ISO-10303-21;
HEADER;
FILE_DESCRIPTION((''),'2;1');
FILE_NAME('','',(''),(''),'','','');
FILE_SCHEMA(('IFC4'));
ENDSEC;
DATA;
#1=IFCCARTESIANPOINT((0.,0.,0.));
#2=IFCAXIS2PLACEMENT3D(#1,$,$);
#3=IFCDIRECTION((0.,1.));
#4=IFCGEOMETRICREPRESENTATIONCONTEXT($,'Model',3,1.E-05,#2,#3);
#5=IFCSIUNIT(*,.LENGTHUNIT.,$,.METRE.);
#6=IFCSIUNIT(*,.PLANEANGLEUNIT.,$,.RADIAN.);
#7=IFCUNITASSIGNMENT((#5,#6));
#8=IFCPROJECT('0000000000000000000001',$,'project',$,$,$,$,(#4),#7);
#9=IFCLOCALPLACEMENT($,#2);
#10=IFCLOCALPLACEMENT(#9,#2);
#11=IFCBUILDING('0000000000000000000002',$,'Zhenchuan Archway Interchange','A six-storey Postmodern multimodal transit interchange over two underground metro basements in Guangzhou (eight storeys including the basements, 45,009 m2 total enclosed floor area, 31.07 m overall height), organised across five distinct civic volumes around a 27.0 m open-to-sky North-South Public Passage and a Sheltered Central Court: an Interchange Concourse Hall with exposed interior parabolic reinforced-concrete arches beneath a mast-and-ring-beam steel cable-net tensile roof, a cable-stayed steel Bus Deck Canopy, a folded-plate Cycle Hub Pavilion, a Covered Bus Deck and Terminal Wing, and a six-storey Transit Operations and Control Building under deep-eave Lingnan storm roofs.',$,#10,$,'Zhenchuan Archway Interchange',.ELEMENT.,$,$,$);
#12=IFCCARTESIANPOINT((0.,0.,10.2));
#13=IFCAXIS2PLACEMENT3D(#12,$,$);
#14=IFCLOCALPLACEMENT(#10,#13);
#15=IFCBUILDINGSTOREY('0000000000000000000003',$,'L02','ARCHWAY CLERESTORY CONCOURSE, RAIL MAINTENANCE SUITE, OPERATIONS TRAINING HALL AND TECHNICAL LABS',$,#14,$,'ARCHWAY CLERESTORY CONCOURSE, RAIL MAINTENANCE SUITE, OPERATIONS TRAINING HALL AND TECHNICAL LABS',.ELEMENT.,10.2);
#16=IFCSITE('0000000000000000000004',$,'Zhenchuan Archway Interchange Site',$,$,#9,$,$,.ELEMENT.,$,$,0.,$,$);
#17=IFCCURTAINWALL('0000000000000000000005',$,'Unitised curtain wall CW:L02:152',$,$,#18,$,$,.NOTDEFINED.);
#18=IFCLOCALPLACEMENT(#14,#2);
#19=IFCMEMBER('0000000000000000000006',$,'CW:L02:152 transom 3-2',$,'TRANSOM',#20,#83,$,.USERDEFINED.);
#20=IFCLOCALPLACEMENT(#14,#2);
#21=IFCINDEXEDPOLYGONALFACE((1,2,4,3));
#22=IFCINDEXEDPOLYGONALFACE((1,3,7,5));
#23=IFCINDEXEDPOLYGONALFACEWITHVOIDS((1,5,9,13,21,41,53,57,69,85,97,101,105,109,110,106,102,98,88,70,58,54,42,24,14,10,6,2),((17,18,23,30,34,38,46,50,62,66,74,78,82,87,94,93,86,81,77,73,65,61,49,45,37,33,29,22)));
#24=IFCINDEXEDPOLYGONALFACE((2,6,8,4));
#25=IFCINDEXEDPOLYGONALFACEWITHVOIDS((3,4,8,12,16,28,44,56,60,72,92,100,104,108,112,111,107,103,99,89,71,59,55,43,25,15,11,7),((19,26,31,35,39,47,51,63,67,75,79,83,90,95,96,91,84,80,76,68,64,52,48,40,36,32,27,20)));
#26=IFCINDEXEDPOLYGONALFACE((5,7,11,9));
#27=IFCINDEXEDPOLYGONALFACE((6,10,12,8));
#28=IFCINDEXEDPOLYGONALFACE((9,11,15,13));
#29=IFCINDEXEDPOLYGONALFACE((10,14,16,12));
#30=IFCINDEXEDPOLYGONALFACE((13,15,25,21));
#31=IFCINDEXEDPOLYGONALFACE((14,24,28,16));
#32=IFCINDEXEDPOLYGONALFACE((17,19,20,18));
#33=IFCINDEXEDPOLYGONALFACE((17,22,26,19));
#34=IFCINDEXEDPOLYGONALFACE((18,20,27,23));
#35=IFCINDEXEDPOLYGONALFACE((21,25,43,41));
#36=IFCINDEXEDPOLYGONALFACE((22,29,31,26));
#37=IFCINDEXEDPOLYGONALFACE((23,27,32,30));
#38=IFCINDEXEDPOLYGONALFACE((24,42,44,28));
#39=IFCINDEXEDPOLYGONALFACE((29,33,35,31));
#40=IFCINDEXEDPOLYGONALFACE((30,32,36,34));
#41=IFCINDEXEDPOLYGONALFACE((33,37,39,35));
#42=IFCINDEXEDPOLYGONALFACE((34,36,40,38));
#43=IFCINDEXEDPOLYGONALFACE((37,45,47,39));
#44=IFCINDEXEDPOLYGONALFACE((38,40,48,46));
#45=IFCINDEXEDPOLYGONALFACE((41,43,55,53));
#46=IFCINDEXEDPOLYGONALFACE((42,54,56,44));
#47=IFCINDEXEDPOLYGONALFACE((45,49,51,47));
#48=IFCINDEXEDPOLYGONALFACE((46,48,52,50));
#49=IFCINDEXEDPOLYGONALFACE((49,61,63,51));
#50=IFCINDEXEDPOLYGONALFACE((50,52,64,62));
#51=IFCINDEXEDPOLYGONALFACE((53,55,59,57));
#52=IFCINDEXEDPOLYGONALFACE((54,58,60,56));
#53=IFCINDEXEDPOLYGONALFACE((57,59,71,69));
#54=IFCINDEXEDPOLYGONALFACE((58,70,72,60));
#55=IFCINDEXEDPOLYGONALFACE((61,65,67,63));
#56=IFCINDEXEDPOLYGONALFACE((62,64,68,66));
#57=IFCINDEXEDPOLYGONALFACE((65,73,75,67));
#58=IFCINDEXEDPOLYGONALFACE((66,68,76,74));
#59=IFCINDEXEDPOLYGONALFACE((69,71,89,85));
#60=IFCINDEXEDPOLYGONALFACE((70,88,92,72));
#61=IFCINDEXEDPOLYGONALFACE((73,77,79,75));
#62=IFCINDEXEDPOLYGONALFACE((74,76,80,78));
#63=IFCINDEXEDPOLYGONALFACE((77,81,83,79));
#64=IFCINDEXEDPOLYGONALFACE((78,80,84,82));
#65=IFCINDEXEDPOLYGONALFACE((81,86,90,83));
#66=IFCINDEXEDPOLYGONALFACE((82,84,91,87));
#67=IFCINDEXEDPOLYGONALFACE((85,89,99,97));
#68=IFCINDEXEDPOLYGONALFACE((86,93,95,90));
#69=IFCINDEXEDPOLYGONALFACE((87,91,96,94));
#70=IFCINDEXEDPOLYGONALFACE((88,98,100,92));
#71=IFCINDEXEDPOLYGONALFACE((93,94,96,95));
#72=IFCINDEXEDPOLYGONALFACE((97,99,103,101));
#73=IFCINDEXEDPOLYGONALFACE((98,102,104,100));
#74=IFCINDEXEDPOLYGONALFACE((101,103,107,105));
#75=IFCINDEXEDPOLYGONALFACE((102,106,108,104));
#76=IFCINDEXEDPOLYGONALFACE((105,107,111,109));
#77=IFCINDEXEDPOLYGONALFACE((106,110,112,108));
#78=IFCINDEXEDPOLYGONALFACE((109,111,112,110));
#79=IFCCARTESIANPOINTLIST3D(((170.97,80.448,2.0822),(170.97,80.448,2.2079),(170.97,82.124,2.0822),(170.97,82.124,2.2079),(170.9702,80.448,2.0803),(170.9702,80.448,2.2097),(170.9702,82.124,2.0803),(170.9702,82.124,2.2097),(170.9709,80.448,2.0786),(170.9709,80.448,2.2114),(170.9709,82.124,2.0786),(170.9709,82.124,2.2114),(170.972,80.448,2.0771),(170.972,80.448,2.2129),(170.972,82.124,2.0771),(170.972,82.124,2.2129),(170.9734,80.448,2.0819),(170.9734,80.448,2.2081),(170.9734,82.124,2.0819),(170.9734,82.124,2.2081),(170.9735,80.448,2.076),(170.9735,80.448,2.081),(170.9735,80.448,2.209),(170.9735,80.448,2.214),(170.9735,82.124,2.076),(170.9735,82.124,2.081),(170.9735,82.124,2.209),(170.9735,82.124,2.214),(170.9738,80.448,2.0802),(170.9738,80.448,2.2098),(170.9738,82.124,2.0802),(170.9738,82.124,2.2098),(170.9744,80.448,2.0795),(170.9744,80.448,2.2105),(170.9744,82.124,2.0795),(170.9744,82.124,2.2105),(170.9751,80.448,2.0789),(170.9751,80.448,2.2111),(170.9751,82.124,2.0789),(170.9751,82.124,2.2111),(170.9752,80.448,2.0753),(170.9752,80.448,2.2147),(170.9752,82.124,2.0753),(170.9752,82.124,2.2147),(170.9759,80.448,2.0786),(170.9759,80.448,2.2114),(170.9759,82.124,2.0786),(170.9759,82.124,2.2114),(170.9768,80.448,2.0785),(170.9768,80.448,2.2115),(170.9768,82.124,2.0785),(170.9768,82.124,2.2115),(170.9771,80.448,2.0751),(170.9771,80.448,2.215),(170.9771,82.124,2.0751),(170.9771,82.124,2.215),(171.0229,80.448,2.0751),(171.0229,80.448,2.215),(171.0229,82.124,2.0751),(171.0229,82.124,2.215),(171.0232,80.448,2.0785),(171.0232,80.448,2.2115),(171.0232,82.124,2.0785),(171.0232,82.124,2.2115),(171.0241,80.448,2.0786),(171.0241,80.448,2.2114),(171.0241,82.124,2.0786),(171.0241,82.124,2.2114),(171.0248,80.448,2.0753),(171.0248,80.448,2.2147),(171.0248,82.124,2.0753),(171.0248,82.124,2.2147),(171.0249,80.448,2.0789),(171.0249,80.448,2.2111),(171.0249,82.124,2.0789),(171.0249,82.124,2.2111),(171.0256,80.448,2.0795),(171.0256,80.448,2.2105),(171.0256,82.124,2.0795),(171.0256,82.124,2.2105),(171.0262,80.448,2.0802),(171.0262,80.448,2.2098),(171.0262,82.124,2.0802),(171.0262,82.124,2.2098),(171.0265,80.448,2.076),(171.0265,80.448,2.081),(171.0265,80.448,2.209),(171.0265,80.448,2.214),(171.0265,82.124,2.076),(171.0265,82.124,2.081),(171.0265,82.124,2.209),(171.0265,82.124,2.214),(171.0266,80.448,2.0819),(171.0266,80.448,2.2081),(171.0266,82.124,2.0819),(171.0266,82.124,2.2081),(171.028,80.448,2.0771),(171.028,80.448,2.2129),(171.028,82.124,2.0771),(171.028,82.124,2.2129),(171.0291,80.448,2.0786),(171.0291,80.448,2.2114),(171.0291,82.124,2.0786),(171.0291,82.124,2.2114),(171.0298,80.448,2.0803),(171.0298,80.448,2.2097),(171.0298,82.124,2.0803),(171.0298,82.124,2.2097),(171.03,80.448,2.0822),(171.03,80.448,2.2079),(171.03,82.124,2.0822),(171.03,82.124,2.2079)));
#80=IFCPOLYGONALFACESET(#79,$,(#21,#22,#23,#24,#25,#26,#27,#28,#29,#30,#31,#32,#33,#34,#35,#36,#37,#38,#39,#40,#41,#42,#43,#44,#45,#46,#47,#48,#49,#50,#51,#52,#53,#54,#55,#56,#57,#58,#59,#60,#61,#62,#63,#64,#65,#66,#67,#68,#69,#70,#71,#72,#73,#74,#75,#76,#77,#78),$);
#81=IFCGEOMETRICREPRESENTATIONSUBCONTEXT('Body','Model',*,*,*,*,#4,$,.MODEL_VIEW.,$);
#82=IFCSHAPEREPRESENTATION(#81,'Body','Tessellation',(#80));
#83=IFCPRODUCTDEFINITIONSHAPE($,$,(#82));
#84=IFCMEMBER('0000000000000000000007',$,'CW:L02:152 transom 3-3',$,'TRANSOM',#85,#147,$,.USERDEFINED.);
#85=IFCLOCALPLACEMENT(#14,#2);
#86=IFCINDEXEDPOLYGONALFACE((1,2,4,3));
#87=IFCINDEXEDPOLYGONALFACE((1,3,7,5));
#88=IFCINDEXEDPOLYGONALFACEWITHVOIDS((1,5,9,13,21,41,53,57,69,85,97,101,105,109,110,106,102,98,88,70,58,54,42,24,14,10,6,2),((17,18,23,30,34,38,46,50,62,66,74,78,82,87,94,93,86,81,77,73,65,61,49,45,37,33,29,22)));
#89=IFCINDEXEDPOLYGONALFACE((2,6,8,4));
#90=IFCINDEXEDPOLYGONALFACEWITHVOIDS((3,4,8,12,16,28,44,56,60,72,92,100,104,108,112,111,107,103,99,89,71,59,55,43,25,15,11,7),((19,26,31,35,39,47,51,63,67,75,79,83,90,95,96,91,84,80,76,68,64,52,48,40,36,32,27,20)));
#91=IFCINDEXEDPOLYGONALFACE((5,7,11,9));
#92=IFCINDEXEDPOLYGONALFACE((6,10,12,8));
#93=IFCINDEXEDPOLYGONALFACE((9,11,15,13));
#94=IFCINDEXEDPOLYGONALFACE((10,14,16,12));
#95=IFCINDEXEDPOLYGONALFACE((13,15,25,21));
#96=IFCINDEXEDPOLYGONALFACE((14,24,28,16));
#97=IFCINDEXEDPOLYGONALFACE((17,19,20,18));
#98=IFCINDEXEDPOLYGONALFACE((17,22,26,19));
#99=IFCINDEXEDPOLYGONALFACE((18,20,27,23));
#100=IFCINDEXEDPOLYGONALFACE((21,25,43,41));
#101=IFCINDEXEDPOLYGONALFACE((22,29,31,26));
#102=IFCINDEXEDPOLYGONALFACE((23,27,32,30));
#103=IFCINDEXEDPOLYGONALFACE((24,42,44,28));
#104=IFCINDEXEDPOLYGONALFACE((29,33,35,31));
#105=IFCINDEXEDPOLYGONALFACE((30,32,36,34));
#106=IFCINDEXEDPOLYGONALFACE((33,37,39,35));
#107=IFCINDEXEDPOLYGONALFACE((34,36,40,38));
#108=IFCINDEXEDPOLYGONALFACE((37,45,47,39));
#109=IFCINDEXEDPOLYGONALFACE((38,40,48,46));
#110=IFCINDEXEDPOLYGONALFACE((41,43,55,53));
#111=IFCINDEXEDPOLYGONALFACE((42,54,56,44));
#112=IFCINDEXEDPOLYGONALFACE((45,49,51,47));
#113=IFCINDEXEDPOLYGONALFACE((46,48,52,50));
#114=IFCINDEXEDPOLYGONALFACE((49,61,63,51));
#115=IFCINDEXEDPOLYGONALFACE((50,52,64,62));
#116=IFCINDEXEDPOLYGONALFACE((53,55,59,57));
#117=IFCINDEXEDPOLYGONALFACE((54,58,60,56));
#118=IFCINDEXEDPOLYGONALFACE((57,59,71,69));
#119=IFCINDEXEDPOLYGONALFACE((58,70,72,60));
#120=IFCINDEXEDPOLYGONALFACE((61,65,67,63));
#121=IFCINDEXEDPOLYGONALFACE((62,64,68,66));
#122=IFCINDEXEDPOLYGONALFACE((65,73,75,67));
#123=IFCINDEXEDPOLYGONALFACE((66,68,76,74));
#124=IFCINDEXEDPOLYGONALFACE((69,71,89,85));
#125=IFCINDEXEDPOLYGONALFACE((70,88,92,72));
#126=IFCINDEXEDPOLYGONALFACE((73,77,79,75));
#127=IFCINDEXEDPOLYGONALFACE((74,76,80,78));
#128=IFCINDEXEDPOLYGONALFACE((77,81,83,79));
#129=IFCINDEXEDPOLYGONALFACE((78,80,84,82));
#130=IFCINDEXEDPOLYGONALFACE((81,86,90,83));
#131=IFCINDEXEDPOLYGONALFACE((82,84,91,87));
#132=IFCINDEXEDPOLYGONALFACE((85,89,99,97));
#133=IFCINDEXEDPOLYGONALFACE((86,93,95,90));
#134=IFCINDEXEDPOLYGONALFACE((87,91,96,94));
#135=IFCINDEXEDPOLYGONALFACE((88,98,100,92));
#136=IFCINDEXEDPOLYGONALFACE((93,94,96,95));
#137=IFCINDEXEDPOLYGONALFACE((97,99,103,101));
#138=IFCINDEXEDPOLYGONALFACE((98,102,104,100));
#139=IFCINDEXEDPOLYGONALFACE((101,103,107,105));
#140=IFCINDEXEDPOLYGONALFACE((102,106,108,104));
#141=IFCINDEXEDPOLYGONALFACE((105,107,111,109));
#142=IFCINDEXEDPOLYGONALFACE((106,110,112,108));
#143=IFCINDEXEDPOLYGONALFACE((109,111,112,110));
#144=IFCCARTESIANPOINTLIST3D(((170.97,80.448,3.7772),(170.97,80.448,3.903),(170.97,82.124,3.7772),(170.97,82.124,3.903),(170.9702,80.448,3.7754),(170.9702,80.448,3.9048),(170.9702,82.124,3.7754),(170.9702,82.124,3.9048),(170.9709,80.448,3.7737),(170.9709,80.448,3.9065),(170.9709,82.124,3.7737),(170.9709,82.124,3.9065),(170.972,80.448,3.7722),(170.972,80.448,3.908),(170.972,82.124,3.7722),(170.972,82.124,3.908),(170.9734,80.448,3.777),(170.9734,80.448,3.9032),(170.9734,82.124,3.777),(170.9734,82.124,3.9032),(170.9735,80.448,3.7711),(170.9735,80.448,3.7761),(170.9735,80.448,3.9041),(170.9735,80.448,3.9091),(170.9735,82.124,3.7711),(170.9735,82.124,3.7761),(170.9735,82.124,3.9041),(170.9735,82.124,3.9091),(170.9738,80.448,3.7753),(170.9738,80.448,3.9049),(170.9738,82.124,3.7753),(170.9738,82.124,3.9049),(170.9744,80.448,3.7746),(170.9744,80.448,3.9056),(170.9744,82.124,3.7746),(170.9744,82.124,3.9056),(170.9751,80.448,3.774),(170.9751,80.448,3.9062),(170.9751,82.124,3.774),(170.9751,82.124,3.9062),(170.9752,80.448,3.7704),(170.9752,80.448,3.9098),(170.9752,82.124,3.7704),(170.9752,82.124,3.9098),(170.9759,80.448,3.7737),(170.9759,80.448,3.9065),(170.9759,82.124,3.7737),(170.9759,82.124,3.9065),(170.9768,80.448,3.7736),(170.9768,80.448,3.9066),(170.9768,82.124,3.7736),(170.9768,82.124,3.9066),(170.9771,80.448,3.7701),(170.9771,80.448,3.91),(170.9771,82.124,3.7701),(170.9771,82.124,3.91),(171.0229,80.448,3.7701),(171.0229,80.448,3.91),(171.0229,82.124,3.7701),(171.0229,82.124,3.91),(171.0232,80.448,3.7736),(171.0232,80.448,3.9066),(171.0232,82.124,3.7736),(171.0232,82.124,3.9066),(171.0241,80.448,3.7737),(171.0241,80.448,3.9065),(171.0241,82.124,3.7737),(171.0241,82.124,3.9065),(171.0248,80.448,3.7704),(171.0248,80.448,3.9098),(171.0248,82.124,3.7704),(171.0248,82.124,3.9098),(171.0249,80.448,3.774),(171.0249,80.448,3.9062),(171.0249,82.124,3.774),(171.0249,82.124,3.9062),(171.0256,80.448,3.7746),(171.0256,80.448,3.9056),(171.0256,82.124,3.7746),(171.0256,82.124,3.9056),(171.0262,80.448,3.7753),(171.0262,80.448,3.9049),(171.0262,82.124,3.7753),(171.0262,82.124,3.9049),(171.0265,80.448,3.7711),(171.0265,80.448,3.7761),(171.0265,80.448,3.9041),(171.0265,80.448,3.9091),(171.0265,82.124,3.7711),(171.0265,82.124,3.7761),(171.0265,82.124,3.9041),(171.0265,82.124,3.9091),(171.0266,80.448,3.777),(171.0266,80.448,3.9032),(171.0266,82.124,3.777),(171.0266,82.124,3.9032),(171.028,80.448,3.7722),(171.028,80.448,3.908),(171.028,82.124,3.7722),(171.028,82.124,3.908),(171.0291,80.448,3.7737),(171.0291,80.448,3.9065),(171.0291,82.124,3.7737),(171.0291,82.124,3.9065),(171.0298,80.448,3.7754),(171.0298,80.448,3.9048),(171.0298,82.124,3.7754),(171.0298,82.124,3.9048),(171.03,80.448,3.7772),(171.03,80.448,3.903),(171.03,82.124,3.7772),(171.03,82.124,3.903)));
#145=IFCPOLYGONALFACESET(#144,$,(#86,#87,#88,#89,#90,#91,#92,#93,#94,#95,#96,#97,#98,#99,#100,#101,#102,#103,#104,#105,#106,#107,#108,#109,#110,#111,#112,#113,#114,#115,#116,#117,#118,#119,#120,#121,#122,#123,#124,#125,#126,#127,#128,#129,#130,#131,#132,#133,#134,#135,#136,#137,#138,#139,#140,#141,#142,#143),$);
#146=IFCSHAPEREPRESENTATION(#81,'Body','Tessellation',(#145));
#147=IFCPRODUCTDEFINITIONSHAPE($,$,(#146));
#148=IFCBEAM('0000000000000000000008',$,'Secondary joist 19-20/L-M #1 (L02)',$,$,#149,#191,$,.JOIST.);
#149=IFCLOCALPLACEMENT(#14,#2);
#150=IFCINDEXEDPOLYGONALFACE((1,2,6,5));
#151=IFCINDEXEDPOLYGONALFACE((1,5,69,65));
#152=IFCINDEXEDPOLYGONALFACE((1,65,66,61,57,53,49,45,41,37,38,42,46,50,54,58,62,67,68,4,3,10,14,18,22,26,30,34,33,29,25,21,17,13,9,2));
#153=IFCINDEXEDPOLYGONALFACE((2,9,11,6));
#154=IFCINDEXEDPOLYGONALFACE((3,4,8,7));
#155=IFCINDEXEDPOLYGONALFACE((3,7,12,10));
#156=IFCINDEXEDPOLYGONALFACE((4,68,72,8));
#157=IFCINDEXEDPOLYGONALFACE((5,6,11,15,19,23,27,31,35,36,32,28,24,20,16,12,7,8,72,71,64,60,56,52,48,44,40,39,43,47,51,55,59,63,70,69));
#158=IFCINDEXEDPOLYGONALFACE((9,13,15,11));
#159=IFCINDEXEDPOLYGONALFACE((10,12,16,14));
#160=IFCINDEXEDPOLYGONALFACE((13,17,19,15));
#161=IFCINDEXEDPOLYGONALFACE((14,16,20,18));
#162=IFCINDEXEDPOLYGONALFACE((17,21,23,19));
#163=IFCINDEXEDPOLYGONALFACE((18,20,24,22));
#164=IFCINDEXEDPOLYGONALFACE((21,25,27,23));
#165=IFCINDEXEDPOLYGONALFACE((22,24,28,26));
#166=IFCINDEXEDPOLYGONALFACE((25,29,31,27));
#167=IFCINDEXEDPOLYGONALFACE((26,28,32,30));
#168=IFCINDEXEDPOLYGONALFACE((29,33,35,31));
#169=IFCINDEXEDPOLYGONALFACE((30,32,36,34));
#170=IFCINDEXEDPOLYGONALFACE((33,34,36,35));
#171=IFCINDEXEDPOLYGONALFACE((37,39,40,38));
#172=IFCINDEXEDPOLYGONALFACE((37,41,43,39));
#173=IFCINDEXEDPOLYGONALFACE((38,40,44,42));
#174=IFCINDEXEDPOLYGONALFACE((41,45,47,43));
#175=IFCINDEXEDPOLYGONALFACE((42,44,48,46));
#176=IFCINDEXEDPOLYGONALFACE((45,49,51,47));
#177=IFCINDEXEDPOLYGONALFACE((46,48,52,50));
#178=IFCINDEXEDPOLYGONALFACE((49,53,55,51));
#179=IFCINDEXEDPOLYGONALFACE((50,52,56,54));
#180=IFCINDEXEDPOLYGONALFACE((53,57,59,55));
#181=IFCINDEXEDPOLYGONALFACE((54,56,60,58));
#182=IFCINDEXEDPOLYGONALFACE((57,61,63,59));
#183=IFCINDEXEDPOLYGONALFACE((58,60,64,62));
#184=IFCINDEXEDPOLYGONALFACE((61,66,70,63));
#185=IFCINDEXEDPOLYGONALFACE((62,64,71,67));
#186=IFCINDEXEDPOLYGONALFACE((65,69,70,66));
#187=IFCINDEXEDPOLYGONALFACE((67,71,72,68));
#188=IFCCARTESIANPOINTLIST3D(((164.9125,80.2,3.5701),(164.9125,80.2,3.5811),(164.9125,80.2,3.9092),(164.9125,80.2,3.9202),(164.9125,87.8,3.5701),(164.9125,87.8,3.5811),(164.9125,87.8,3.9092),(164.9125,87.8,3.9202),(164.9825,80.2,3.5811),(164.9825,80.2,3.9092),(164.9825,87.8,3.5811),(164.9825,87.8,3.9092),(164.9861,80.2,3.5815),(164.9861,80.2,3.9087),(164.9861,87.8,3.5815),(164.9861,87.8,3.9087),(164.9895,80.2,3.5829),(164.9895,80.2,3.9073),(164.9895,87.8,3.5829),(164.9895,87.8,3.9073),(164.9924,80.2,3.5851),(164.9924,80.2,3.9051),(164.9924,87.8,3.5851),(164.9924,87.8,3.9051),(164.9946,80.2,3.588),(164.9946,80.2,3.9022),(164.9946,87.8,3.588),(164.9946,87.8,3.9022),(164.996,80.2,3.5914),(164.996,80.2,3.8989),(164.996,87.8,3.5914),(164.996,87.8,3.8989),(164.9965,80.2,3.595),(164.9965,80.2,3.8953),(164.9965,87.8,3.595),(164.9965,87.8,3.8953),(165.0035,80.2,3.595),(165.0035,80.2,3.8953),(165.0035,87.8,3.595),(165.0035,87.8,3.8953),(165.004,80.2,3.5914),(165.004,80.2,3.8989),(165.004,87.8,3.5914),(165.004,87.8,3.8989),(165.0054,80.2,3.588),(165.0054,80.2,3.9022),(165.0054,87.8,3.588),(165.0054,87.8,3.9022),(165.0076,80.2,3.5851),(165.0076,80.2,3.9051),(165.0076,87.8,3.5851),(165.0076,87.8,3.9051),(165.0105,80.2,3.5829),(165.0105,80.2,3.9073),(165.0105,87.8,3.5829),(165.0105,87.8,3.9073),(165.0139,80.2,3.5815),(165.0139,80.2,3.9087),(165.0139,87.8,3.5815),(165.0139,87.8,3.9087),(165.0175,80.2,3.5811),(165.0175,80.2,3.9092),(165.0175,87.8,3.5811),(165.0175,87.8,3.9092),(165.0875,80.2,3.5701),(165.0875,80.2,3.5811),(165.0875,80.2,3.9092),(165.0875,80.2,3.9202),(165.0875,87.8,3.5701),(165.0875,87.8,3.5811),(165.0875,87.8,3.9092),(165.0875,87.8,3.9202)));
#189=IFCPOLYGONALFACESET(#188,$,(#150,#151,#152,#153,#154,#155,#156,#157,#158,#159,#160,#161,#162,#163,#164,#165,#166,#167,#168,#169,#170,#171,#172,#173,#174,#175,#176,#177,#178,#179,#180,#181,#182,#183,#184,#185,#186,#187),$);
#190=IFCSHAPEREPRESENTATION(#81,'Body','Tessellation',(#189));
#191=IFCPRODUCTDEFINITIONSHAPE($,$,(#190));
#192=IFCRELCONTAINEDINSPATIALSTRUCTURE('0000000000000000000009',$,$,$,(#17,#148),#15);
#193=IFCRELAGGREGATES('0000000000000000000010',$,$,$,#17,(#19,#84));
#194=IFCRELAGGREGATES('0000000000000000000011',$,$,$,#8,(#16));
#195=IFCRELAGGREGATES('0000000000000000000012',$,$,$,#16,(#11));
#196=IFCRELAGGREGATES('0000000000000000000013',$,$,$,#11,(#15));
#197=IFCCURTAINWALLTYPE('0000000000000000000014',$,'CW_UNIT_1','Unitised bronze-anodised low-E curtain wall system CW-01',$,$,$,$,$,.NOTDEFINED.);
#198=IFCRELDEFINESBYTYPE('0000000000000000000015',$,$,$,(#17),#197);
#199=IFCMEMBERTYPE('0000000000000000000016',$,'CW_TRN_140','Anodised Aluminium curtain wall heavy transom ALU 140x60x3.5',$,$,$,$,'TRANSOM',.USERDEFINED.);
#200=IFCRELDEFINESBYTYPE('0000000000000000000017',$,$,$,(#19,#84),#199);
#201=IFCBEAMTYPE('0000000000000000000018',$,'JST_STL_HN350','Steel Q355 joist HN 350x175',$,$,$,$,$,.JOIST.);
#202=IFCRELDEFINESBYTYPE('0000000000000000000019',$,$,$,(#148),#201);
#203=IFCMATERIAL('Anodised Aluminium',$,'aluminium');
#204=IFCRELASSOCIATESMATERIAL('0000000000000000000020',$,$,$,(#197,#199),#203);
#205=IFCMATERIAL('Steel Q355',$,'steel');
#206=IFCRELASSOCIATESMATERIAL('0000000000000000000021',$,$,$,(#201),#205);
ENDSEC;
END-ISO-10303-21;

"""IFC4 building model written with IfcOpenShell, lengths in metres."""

from ifc_helpers import new_model, si_unit, direction, frame, origin, origin_2d, place, context, subcontext, project, spatial, hollow_rectangle, i_section, extrude, material, material_profile, profile_set, type_object, element, aggregate, save


model = new_model("IFC4")

# Units and contexts
model_context = context("Model", 3, precision=1e-05, world=origin(), true_north=direction((0.0, 1.0)))
body_context = subcontext(model_context, "Body", "Model", "MODEL_VIEW")
ifc_project = project(units=[si_unit("LENGTHUNIT", "METRE"), si_unit("PLANEANGLEUNIT", "RADIAN")], contexts=[model_context])

# Site, building, storey
site_placement = place(None, origin())
site = spatial("IfcSite", under=ifc_project, at=site_placement, Name="Zhenchuan Archway Interchange Site", CompositionType="ELEMENT", RefElevation=0.0)
building_placement = place(site_placement, origin())
building = spatial("IfcBuilding", under=site, at=building_placement, Name="Zhenchuan Archway Interchange", Description="A six-storey Postmodern multimodal transit interchange over two underground metro basements in Guangzhou (eight storeys including the basements, 45,009 m2 total enclosed floor area, 31.07 m overall height), organised across five distinct civic volumes around a 27.0 m open-to-sky North-South Public Passage and a Sheltered Central Court: an Interchange Concourse Hall with exposed interior parabolic reinforced-concrete arches beneath a mast-and-ring-beam steel cable-net tensile roof, a cable-stayed steel Bus Deck Canopy, a folded-plate Cycle Hub Pavilion, a Covered Bus Deck and Terminal Wing, and a six-storey Transit Operations and Control Building under deep-eave Lingnan storm roofs.", LongName="Zhenchuan Archway Interchange", CompositionType="ELEMENT")
storey_placement = place(building_placement, frame((0.0, 0.0, 10.2)))
storey = spatial("IfcBuildingStorey", under=building, at=storey_placement, Name="L02", Description="ARCHWAY CLERESTORY CONCOURSE, RAIL MAINTENANCE SUITE, OPERATIONS TRAINING HALL AND TECHNICAL LABS", LongName="ARCHWAY CLERESTORY CONCOURSE, RAIL MAINTENANCE SUITE, OPERATIONS TRAINING HALL AND TECHNICAL LABS", CompositionType="ELEMENT", Elevation=10.2)

# Curtain wall, members
ifc_material_1 = material(Name="Anodised Aluminium", Category="aluminium")
curtain_wall_type = type_object("IfcCurtainWallType", Name="CW_UNIT_1", Description="Unitised bronze-anodised low-E curtain wall system CW-01", PredefinedType="NOTDEFINED", material=ifc_material_1)
curtain_wall_placement = place(storey_placement, origin())
curtain_wall = element("IfcCurtainWall", 1, at=curtain_wall_placement, inside=storey, type_object=curtain_wall_type, Name="Unitised curtain wall CW:L02:152", PredefinedType="NOTDEFINED")
ifc_material_profile_1 = material_profile(ifc_material_1, hollow_rectangle(XDim=0.0601, YDim=0.1399, WallThickness=0.0034, InnerFilletRadius=0.0034, OuterFilletRadius=0.0071, at=origin_2d()), Name="ALU 140x60x3.5")
ifc_profile_set_1 = profile_set([ifc_material_profile_1], Name="Anodised Aluminium")
member_type_1 = type_object("IfcMemberType", Name="CW_TRN_140", Description="Anodised Aluminium curtain wall heavy transom ALU 140x60x3.5", ElementType="TRANSOM", PredefinedType="USERDEFINED", material=ifc_profile_set_1)
member_1_placement = place(storey_placement, frame((171.0, 82.124, 2.145), z_axis=(0.0, -1.0, 0.0), x_axis=(1.0, 0.0, 0.0)))
member_1 = element("IfcMember", 2, at=member_1_placement, type_object=member_type_1, Name="CW:L02:152 transom 3-2", ObjectType="TRANSOM", PredefinedType="USERDEFINED", context=body_context, shape_type="SweptSolid", body=[
    extrude(hollow_rectangle(XDim=0.0601, YDim=0.1399, WallThickness=0.0034, InnerFilletRadius=0.0034, OuterFilletRadius=0.0071, at=origin_2d()), origin(), (0.0, 0.0, 1.0), 1.676),
])
member_2_placement = place(storey_placement, frame((171.0, 82.124, 3.8401), z_axis=(0.0, -1.0, 0.0), x_axis=(1.0, 0.0, 0.0)))
member_2 = element("IfcMember", 3, at=member_2_placement, type_object=member_type_1, Name="CW:L02:152 transom 3-3", ObjectType="TRANSOM", PredefinedType="USERDEFINED", context=body_context, shape_type="SweptSolid", body=[
    extrude(hollow_rectangle(XDim=0.0601, YDim=0.1399, WallThickness=0.0034, InnerFilletRadius=0.0034, OuterFilletRadius=0.0071, at=origin_2d()), origin(), (0.0, 0.0, 1.0), 1.676),
])

# Beam
ifc_material_2 = material(Name="Steel Q355", Category="steel")
ifc_material_profile_2 = material_profile(ifc_material_2, i_section(OverallWidth=0.175, OverallDepth=0.3501, WebThickness=0.0071, FlangeThickness=0.011, FilletRadius=0.0139, at=origin_2d()), Name="HN 350x175")
ifc_profile_set_2 = profile_set([ifc_material_profile_2], Name="Steel Q355")
beam_type_1 = type_object("IfcBeamType", Name="JST_STL_HN350", Description="Steel Q355 joist HN 350x175", PredefinedType="JOIST", material=ifc_profile_set_2)
for number, where, z_axis, x_axis, name in (
    (4, (165.0, 80.2, 3.7451), (0.0, 1.0, 0.0), (-1.0, 0.0, 0.0), "Secondary joist 19-20/L-M #1 (L02)"),
):
    element("IfcBeam", number, at=place(storey_placement, frame(where, z_axis=z_axis, x_axis=x_axis)), inside=storey, type_object=beam_type_1, Name=name, PredefinedType="JOIST", context=body_context, shape_type="SweptSolid", body=[
        extrude(i_section(OverallWidth=0.175, OverallDepth=0.3501, WebThickness=0.0071, FlangeThickness=0.011, FilletRadius=0.0139, at=origin_2d()), origin(), (0.0, 0.0, 1.0), 7.6001),
    ])

aggregate(curtain_wall, [member_1, member_2])

save(model, "model.ifc")
